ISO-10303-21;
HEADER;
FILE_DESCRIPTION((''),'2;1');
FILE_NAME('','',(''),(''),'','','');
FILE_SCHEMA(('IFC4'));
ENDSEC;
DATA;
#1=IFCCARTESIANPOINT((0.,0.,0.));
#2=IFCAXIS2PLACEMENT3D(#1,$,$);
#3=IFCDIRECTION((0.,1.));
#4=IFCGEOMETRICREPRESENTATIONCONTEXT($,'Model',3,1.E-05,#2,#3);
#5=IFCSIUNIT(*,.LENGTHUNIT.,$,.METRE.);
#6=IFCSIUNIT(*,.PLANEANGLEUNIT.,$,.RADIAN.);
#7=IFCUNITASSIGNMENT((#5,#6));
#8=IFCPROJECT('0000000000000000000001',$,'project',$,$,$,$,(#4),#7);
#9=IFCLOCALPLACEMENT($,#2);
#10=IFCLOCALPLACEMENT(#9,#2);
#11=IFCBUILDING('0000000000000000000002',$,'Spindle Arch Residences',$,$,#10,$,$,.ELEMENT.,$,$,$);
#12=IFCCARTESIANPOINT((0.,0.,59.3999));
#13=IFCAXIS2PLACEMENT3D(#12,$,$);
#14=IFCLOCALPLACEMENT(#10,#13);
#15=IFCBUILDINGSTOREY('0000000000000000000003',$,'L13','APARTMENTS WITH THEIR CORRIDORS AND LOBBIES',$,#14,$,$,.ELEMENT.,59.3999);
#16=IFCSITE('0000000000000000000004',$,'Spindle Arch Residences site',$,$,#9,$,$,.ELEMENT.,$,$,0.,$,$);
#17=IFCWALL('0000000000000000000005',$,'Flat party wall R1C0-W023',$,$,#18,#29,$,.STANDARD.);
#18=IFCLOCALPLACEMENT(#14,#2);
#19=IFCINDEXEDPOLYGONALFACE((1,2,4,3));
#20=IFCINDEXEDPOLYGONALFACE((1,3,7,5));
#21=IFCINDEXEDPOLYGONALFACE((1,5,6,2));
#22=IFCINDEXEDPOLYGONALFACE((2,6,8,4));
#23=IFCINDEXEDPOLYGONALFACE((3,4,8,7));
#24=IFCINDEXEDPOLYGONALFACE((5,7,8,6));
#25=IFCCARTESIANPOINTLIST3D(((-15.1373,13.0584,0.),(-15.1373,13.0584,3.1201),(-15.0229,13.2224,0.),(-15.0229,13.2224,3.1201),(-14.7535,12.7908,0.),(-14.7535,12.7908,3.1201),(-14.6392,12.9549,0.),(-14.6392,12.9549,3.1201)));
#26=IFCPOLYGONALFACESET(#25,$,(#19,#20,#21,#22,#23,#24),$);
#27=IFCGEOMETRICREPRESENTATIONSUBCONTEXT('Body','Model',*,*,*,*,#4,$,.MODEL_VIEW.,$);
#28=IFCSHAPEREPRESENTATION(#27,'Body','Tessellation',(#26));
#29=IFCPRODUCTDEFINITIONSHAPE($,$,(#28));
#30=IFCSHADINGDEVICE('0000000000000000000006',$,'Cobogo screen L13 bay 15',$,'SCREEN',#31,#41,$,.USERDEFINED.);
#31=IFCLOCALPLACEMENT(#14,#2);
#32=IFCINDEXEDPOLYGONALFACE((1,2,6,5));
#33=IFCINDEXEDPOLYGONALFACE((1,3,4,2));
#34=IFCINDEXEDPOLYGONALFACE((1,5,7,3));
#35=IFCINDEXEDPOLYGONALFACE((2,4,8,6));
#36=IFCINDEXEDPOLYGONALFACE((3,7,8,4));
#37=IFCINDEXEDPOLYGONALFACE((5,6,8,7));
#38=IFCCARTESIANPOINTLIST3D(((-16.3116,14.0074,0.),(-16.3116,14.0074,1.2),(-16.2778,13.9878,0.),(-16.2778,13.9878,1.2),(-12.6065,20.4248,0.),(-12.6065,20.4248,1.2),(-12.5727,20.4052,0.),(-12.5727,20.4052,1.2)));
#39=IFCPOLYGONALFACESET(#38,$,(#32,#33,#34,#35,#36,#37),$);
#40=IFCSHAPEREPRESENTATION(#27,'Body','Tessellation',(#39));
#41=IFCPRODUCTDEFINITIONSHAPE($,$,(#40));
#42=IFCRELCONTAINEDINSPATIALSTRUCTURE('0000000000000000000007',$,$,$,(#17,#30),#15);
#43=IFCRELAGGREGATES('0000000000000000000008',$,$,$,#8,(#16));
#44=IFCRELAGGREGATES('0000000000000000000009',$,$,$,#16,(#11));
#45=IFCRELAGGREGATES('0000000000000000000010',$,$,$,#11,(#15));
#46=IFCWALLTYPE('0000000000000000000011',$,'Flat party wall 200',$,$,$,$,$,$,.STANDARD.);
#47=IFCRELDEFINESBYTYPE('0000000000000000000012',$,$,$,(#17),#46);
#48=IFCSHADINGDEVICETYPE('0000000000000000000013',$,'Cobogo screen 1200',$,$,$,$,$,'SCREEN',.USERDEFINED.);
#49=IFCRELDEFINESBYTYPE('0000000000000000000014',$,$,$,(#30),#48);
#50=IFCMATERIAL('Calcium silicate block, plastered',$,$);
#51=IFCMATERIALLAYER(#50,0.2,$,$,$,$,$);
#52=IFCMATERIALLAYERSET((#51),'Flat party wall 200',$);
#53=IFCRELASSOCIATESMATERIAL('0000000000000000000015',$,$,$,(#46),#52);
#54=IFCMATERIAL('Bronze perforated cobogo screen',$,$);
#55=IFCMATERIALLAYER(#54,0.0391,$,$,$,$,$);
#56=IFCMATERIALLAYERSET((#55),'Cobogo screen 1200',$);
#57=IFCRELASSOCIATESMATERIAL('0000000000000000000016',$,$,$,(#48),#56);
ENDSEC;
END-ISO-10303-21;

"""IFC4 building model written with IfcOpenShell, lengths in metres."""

from ifc_helpers import new_model, si_unit, direction, frame, frame_2d, origin, origin_2d, place, context, subcontext, project, spatial, rectangle, extrude, material, layer, layer_set, type_object, element, save


model = new_model("IFC4")

# Units and contexts
model_context = context("Model", 3, precision=1e-05, world=origin(), true_north=direction((0.0, 1.0)))
body_context = subcontext(model_context, "Body", "Model", "MODEL_VIEW")
ifc_project = project(units=[si_unit("LENGTHUNIT", "METRE"), si_unit("PLANEANGLEUNIT", "RADIAN")], contexts=[model_context])

# Site, building, storey
site_placement = place(None, origin())
site = spatial("IfcSite", under=ifc_project, at=site_placement, Name="Spindle Arch Residences site", CompositionType="ELEMENT", RefElevation=0.0)
building_placement = place(site_placement, origin())
building = spatial("IfcBuilding", under=site, at=building_placement, Name="Spindle Arch Residences", CompositionType="ELEMENT")
storey_placement = place(building_placement, frame((0.0, 0.0, 59.3999)))
storey = spatial("IfcBuildingStorey", under=building, at=storey_placement, Name="L13", Description="APARTMENTS WITH THEIR CORRIDORS AND LOBBIES", CompositionType="ELEMENT", Elevation=59.3999)

# Wall
ifc_material_1 = material(Name="Calcium silicate block, plastered")
ifc_layer_1 = layer(ifc_material_1, 0.2)
ifc_layer_set_1 = layer_set([ifc_layer_1], Name="Flat party wall 200")
wall_type_1 = type_object("IfcWallType", Name="Flat party wall 200", PredefinedType="STANDARD", material=ifc_layer_set_1)
wall_1_placement = place(storey_placement, frame((-15.0801, 13.1404, 0.0), z_axis=(0.0, 0.0, 1.0), x_axis=(0.820309, -0.57192, 0.0)))
element("IfcWall", 1, at=wall_1_placement, inside=storey, type_object=wall_type_1, Name="Flat party wall R1C0-W023", PredefinedType="STANDARD", context=body_context, shape_type="SweptSolid", body=[
    extrude(rectangle(XDim=0.4678, YDim=0.2, at=frame_2d((0.2339, 0.0))), origin(), (0.0, 0.0, 1.0), 3.1201),
])

# Shading device
ifc_material_2 = material(Name="Bronze perforated cobogo screen")
ifc_layer_2 = layer(ifc_material_2, 0.0391)
ifc_layer_set_2 = layer_set([ifc_layer_2], Name="Cobogo screen 1200")
shading_device_type = type_object("IfcShadingDeviceType", Name="Cobogo screen 1200", ElementType="SCREEN", PredefinedType="USERDEFINED", material=ifc_layer_set_2)
shading_device_placement = place(storey_placement, frame((-14.4421, 17.2063, 0.0), z_axis=(0.0, 0.0, 1.0), x_axis=(-0.5, -0.866025, 0.0)))
element("IfcShadingDevice", 2, at=shading_device_placement, inside=storey, type_object=shading_device_type, Name="Cobogo screen L13 bay 15", ObjectType="SCREEN", PredefinedType="USERDEFINED", context=body_context, shape_type="SweptSolid", body=[
    extrude(rectangle(XDim=7.4102, YDim=0.0391, at=origin_2d()), origin(), (0.0, 0.0, 1.0), 1.2),
])

save(model, "model.ifc")
